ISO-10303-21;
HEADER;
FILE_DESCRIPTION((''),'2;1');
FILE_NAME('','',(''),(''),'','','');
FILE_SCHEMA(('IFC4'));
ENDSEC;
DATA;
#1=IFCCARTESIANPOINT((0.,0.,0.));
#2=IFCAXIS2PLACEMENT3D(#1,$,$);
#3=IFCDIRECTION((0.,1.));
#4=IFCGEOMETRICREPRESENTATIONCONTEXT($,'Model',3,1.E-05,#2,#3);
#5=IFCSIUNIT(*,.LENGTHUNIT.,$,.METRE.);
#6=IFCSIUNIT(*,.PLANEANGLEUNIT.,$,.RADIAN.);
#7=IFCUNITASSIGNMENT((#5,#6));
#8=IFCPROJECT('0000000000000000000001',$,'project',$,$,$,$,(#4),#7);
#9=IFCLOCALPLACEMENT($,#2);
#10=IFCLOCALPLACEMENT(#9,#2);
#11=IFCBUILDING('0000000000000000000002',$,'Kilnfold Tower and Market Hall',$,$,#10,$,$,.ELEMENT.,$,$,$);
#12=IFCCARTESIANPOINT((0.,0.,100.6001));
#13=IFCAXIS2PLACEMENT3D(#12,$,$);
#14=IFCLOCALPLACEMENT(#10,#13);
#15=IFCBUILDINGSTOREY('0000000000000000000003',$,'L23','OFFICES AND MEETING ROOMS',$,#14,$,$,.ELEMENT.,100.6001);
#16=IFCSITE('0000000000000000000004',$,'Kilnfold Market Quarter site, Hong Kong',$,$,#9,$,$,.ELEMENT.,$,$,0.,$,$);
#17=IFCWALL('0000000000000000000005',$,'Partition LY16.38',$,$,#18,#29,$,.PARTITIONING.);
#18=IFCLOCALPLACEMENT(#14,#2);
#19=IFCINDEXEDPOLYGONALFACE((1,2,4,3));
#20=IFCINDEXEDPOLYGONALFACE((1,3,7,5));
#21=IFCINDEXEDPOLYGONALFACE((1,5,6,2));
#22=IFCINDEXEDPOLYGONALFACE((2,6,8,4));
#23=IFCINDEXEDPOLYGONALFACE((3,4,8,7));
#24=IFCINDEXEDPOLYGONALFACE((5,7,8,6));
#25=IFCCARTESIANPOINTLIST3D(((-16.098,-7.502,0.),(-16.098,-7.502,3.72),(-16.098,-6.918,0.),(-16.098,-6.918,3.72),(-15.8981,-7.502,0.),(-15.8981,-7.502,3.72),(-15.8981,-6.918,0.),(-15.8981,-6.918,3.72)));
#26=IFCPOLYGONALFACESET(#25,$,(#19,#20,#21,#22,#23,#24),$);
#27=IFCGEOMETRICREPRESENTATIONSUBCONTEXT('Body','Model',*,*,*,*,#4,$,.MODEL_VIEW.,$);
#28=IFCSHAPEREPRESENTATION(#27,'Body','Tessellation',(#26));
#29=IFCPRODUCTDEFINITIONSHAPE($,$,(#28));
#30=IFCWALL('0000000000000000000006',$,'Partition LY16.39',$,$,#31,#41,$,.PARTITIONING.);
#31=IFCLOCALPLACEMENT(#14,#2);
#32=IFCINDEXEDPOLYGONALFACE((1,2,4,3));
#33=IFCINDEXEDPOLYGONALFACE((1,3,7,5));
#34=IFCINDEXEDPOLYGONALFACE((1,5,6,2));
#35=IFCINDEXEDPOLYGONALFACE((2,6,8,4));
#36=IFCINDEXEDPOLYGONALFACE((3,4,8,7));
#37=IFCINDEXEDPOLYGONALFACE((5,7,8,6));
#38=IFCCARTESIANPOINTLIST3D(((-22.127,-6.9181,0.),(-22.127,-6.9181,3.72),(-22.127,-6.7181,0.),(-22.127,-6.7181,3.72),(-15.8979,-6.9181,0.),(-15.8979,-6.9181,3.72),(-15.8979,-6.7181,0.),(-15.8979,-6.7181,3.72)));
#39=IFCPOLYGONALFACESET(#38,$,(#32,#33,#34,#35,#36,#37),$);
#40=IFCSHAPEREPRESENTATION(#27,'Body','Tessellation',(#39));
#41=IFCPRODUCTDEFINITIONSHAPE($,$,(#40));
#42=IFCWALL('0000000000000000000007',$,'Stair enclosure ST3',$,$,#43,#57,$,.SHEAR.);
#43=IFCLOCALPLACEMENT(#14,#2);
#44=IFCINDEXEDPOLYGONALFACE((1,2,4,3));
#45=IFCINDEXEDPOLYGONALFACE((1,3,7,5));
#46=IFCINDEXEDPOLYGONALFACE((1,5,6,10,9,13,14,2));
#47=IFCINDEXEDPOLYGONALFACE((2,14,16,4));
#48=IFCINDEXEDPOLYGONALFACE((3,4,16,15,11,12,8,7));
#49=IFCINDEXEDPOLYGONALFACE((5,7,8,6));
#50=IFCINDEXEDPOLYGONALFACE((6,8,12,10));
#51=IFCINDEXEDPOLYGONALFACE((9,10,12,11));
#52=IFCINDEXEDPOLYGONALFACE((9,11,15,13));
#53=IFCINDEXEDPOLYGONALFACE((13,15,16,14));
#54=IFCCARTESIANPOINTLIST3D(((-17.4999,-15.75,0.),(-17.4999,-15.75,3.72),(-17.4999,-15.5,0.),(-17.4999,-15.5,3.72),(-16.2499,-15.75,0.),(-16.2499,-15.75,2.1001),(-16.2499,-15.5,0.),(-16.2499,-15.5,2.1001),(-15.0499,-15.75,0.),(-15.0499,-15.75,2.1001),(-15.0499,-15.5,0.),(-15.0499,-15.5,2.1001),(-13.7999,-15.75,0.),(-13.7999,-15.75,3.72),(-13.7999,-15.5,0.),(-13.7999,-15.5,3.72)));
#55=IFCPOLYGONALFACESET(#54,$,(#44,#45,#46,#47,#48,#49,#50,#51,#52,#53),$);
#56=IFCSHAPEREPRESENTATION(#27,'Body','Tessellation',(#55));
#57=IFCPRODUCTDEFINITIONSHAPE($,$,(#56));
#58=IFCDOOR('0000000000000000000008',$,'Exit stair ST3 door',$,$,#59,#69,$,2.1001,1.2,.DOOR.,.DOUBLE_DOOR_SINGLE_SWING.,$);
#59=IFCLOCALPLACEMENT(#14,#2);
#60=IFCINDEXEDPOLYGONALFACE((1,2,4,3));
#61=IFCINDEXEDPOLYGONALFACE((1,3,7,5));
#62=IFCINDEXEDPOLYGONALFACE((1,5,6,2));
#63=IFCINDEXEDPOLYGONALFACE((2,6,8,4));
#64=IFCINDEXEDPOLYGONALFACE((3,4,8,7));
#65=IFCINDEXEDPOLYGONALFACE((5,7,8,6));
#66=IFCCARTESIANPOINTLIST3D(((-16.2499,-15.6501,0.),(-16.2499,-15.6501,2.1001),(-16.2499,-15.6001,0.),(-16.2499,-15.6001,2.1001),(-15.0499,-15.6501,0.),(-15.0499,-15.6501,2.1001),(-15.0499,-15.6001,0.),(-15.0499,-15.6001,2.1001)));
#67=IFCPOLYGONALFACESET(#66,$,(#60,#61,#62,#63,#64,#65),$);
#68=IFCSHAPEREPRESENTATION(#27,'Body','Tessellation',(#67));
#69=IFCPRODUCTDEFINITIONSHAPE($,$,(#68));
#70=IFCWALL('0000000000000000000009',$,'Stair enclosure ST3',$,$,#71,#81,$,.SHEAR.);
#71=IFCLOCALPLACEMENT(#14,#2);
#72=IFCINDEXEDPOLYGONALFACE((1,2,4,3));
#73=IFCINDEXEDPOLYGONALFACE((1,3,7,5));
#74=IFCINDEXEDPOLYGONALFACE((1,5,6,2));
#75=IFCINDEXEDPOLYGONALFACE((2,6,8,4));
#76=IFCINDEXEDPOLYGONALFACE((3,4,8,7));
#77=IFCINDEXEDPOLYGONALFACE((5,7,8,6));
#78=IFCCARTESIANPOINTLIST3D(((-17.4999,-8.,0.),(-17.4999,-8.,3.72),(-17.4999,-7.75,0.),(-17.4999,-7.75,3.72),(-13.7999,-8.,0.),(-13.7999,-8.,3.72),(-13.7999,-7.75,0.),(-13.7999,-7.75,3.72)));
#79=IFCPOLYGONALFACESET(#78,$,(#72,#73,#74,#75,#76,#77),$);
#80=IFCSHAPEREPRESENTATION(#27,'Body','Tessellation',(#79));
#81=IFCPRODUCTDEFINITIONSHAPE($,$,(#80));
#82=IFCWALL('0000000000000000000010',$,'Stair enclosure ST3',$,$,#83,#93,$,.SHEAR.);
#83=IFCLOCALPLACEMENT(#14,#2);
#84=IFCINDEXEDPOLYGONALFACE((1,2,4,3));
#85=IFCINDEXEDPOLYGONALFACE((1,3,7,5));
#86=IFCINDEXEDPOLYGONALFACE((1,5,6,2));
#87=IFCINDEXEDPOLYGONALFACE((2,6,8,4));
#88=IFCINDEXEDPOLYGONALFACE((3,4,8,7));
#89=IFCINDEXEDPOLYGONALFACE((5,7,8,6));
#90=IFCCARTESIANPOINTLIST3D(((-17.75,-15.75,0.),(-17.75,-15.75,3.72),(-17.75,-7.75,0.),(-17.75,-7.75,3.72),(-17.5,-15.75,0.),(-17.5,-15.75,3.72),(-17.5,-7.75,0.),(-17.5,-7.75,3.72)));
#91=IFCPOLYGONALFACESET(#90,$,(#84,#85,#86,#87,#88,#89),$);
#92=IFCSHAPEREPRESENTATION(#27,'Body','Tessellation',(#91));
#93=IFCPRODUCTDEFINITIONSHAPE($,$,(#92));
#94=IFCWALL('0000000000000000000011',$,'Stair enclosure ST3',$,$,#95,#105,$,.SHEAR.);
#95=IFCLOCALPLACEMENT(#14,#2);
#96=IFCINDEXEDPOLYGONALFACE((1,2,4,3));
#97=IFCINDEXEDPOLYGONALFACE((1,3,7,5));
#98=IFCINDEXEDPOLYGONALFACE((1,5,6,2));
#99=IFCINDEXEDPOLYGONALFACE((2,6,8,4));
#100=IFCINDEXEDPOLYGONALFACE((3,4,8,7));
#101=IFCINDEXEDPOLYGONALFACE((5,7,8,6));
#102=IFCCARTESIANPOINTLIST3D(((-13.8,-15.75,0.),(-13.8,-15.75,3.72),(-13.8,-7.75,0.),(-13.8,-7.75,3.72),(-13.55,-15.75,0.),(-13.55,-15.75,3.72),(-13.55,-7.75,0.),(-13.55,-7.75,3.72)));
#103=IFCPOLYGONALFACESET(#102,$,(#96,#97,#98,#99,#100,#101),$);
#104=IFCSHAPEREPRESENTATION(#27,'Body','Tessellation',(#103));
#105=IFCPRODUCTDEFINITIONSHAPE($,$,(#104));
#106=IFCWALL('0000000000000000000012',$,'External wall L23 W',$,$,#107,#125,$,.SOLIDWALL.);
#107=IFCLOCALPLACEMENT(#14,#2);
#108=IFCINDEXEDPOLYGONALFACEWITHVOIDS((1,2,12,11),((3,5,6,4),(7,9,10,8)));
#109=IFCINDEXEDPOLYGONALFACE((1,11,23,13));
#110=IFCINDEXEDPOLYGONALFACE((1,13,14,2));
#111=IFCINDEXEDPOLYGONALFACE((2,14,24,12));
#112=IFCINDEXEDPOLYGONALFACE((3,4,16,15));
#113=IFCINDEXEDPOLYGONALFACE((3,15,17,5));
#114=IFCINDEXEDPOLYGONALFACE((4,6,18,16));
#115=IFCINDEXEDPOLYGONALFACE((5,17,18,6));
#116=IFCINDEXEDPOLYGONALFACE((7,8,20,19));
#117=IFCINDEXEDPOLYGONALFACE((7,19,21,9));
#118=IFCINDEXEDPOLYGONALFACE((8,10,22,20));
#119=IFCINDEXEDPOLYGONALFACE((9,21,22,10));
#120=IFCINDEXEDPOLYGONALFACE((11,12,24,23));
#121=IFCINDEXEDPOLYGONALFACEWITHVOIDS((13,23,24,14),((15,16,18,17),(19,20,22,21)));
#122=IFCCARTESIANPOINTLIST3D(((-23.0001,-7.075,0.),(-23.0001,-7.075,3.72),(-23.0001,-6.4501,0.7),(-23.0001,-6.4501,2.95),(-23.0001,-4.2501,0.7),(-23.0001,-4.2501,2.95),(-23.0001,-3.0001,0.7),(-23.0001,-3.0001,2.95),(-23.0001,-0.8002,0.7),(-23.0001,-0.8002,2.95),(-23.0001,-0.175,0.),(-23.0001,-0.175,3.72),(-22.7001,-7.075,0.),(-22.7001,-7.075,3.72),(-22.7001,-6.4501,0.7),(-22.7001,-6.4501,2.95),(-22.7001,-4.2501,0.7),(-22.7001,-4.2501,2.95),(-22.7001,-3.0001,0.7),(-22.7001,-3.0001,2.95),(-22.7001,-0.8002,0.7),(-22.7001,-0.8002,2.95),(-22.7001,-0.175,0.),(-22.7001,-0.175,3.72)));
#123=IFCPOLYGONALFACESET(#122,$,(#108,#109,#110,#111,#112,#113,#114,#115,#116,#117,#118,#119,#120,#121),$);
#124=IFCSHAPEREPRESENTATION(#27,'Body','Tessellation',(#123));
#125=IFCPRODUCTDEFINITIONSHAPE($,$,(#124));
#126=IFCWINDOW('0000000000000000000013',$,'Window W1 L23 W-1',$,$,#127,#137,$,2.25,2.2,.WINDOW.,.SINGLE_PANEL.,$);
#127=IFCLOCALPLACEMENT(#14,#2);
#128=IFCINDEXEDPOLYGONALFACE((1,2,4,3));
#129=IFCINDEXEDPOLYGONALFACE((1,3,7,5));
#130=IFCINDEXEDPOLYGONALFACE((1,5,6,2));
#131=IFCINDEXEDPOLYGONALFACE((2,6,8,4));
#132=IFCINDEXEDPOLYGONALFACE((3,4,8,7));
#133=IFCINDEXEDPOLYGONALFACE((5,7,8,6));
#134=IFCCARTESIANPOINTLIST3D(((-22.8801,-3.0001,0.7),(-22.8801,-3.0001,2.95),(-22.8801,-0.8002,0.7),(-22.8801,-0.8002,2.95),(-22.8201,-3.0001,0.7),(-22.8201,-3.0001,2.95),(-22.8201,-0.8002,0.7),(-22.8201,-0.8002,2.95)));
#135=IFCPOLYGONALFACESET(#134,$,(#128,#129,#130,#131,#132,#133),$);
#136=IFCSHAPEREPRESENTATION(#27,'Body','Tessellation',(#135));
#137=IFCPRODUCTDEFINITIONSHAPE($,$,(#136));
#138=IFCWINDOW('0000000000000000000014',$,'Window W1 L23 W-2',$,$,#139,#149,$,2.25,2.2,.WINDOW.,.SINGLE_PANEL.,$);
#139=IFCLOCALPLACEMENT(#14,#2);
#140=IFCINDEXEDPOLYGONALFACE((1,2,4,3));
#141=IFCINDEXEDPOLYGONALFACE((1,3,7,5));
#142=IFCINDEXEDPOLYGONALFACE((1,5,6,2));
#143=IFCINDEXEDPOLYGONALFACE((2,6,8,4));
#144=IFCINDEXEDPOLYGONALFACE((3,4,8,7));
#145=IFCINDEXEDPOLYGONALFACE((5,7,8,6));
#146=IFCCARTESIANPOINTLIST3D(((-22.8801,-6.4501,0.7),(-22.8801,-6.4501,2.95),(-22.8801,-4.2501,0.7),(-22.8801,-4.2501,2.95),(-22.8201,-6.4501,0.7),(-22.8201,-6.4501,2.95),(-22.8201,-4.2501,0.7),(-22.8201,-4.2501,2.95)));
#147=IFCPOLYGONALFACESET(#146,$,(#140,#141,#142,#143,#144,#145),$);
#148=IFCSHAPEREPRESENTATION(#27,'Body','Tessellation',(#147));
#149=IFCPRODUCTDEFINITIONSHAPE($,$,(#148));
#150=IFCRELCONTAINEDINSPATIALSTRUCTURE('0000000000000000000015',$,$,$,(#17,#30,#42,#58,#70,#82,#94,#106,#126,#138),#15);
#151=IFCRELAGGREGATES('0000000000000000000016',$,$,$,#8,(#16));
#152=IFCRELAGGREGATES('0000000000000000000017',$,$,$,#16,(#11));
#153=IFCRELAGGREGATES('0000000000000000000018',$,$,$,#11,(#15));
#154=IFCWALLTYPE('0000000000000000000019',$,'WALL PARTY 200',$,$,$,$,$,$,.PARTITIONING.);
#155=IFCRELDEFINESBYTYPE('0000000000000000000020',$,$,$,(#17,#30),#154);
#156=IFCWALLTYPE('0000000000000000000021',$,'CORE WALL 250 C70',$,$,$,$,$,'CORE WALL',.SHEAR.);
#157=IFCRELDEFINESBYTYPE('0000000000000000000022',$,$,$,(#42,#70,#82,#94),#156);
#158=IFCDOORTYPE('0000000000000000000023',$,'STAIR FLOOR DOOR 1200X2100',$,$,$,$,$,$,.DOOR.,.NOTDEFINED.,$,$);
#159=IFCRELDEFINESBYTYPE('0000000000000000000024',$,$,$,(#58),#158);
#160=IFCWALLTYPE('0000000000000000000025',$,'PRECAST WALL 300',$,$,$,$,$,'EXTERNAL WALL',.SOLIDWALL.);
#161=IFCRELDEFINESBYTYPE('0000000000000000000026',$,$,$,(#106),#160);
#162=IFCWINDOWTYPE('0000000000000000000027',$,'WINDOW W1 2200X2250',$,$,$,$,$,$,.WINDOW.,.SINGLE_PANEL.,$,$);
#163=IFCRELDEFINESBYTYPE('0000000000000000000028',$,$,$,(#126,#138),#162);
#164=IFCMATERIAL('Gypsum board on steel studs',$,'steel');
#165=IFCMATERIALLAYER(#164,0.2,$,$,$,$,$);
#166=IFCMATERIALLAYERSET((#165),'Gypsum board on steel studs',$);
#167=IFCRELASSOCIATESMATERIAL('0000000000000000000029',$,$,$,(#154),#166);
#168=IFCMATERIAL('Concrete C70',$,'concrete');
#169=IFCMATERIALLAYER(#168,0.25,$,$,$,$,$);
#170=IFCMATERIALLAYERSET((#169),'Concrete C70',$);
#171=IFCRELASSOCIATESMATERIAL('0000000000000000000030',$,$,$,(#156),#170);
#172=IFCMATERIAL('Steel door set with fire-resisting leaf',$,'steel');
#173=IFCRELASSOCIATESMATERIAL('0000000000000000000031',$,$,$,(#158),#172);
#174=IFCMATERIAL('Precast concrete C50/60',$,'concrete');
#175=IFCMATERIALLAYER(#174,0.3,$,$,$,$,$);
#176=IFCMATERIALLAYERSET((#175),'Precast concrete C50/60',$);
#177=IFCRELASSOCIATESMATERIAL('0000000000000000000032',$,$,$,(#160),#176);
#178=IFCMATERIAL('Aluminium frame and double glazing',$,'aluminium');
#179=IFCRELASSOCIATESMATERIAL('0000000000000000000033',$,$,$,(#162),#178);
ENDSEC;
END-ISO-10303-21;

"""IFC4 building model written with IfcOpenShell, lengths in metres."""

from ifc_helpers import new_model, si_unit, direction, frame, frame_2d, origin, place, context, subcontext, project, spatial, rectangle, extrude, source, transform, mapped, material, layer, layer_set, type_object, element, fill, save


model = new_model("IFC4")

# Units and contexts
model_context = context("Model", 3, precision=1e-05, world=origin(), true_north=direction((0.0, 1.0)))
body_context = subcontext(model_context, "Body", "Model", "MODEL_VIEW")
ifc_project = project(units=[si_unit("LENGTHUNIT", "METRE"), si_unit("PLANEANGLEUNIT", "RADIAN")], contexts=[model_context])

# Site, building, storey
site_placement = place(None, origin())
site = spatial("IfcSite", under=ifc_project, at=site_placement, Name="Kilnfold Market Quarter site, Hong Kong", CompositionType="ELEMENT", RefElevation=0.0)
building_placement = place(site_placement, origin())
building = spatial("IfcBuilding", under=site, at=building_placement, Name="Kilnfold Tower and Market Hall", CompositionType="ELEMENT")
storey_placement = place(building_placement, frame((0.0, 0.0, 100.6001)))
storey = spatial("IfcBuildingStorey", under=building, at=storey_placement, Name="L23", Description="OFFICES AND MEETING ROOMS", CompositionType="ELEMENT", Elevation=100.6001)

# Walls
ifc_material_1 = material(Name="Gypsum board on steel studs", Category="steel")
ifc_layer_1 = layer(ifc_material_1, 0.2)
ifc_layer_set_1 = layer_set([ifc_layer_1], Name="Gypsum board on steel studs")
wall_type_1 = type_object("IfcWallType", Name="WALL PARTY 200", PredefinedType="PARTITIONING", material=ifc_layer_set_1)
wall_1_placement = place(storey_placement, frame((-15.998, -6.918, 0.0), z_axis=(0.0, 0.0, 1.0), x_axis=(0.0, -1.0, 0.0)))
element("IfcWall", 1, at=wall_1_placement, inside=storey, type_object=wall_type_1, Name="Partition LY16.38", PredefinedType="PARTITIONING", context=body_context, shape_type="SweptSolid", body=[
    extrude(rectangle(XDim=0.584, YDim=0.2, at=frame_2d((0.292, 0.0))), origin(), (0.0, 0.0, 1.0), 3.72),
])
wall_2_placement = place(storey_placement, frame((-22.127, -6.8181, 0.0), z_axis=(0.0, 0.0, 1.0), x_axis=(1.0, 0.0, 0.0)))
element("IfcWall", 2, at=wall_2_placement, inside=storey, type_object=wall_type_1, Name="Partition LY16.39", PredefinedType="PARTITIONING", context=body_context, shape_type="SweptSolid", body=[
    extrude(rectangle(XDim=6.229, YDim=0.2, at=frame_2d((3.1145, 0.0))), origin(), (0.0, 0.0, 1.0), 3.72),
])

# Wall, opening, door
ifc_material_2 = material(Name="Concrete C70", Category="concrete")
ifc_layer_2 = layer(ifc_material_2, 0.25)
ifc_layer_set_2 = layer_set([ifc_layer_2], Name="Concrete C70")
wall_type_2 = type_object("IfcWallType", Name="CORE WALL 250 C70", ElementType="CORE WALL", PredefinedType="SHEAR", material=ifc_layer_set_2)
shared_shape_1 = source(origin(), body_context, "Body", "SweptSolid", [
    extrude(rectangle(XDim=3.7, YDim=0.25, at=frame_2d((1.8501, 0.0))), origin(), (0.0, 0.0, 1.0), 3.72),
])
wall_3_placement = place(storey_placement, frame((-17.5, -15.625, 0.0), z_axis=(0.0, 0.0, 1.0), x_axis=(1.0, 0.0, 0.0)))
wall_3 = element("IfcWall", 3, at=wall_3_placement, inside=storey, type_object=wall_type_2, Name="Stair enclosure ST3", PredefinedType="SHEAR", context=body_context, shape_type="MappedRepresentation", body=[
    mapped(shared_shape_1, transform((0.0, 0.0, 0.0))),
])
opening_1_placement = place(wall_3_placement, frame((1.25, 0.0, 0.0)))
opening_1 = element("IfcOpeningElement", 4, at=opening_1_placement, cuts=wall_3, PredefinedType="OPENING", context=body_context, shape_type="SweptSolid", body=[
    extrude(rectangle(XDim=1.2, YDim=2.1001, at=frame_2d((0.6001, 1.05))), frame((0.0, 0.135, 0.0), z_axis=(0.0, -1.0, 0.0), x_axis=(1.0, 0.0, 0.0)), (0.0, 0.0, 1.0), 0.27),
])
ifc_material_3 = material(Name="Steel door set with fire-resisting leaf", Category="steel")
door_type = type_object("IfcDoorType", Name="STAIR FLOOR DOOR 1200X2100", OperationType="NOTDEFINED", PredefinedType="DOOR", material=ifc_material_3)
door_placement = place(opening_1_placement, origin())
door = element("IfcDoor", 5, at=door_placement, inside=storey, type_object=door_type, Name="Exit stair ST3 door", OperationType="DOUBLE_DOOR_SINGLE_SWING", OverallHeight=2.1001, OverallWidth=1.2, PredefinedType="DOOR", context=body_context, shape_type="SweptSolid", body=[
    extrude(rectangle(XDim=1.2, YDim=2.1001, at=frame_2d((0.6001, 1.05))), frame((0.0, 0.0249, 0.0), z_axis=(0.0, -1.0, 0.0), x_axis=(1.0, 0.0, 0.0)), (0.0, 0.0, 1.0), 0.05),
])
fill(opening_1, door)

# Walls
wall_4_placement = place(storey_placement, frame((-17.5, -7.875, 0.0), z_axis=(0.0, 0.0, 1.0), x_axis=(1.0, 0.0, 0.0)))
element("IfcWall", 6, at=wall_4_placement, inside=storey, type_object=wall_type_2, Name="Stair enclosure ST3", PredefinedType="SHEAR", context=body_context, shape_type="MappedRepresentation", body=[
    mapped(shared_shape_1, transform((0.0, 0.0, 0.0))),
])
shared_shape_2 = source(origin(), body_context, "Body", "SweptSolid", [
    extrude(rectangle(XDim=8.0, YDim=0.25, at=frame_2d((4.0, 0.0))), origin(), (0.0, 0.0, 1.0), 3.72),
])
for number, where, z_axis, x_axis, name in (
    (7, (-17.625, -15.75, 0.0), (0.0, 0.0, 1.0), (0.0, 1.0, 0.0), "Stair enclosure ST3"),
    (8, (-13.675, -15.75, 0.0), (0.0, 0.0, 1.0), (0.0, 1.0, 0.0), "Stair enclosure ST3"),
):
    element("IfcWall", number, at=place(storey_placement, frame(where, z_axis=z_axis, x_axis=x_axis)), inside=storey, type_object=wall_type_2, Name=name, PredefinedType="SHEAR", context=body_context, shape_type="MappedRepresentation", body=[
        mapped(shared_shape_2, transform((0.0, 0.0, 0.0))),
    ])

# Wall, openings, windows
ifc_material_4 = material(Name="Precast concrete C50/60", Category="concrete")
ifc_layer_3 = layer(ifc_material_4, 0.3)
ifc_layer_set_3 = layer_set([ifc_layer_3], Name="Precast concrete C50/60")
wall_type_3 = type_object("IfcWallType", Name="PRECAST WALL 300", ElementType="EXTERNAL WALL", PredefinedType="SOLIDWALL", material=ifc_layer_set_3)
shared_shape_3 = source(origin(), body_context, "Body", "SweptSolid", [
    extrude(rectangle(XDim=6.8999, YDim=0.3, at=frame_2d((3.45, 0.0))), origin(), (0.0, 0.0, 1.0), 3.72),
])
wall_5_placement = place(storey_placement, frame((-22.8501, -0.175, 0.0), z_axis=(0.0, 0.0, 1.0), x_axis=(0.0, -1.0, 0.0)))
wall_5 = element("IfcWall", 9, at=wall_5_placement, inside=storey, type_object=wall_type_3, Name="External wall L23 W", PredefinedType="SOLIDWALL", context=body_context, shape_type="MappedRepresentation", body=[
    mapped(shared_shape_3, transform((0.0, 0.0, 0.0))),
])
opening_2_placement = place(wall_5_placement, frame((0.625, 0.0, 0.7)))
opening_2 = element("IfcOpeningElement", 10, at=opening_2_placement, cuts=wall_5, PredefinedType="OPENING", context=body_context, shape_type="SweptSolid", body=[
    extrude(rectangle(XDim=2.2, YDim=2.25, at=frame_2d((1.1001, 1.125))), frame((0.0, 0.1602, 0.0), z_axis=(0.0, -1.0, 0.0), x_axis=(1.0, 0.0, 0.0)), (0.0, 0.0, 1.0), 0.3201),
])
opening_3_placement = place(wall_5_placement, frame((4.075, 0.0, 0.7)))
opening_3 = element("IfcOpeningElement", 11, at=opening_3_placement, cuts=wall_5, PredefinedType="OPENING", context=body_context, shape_type="SweptSolid", body=[
    extrude(rectangle(XDim=2.2, YDim=2.25, at=frame_2d((1.1001, 1.125))), frame((0.0, 0.1602, 0.0), z_axis=(0.0, -1.0, 0.0), x_axis=(1.0, 0.0, 0.0)), (0.0, 0.0, 1.0), 0.3201),
])
ifc_material_5 = material(Name="Aluminium frame and double glazing", Category="aluminium")
window_type = type_object("IfcWindowType", Name="WINDOW W1 2200X2250", PartitioningType="SINGLE_PANEL", PredefinedType="WINDOW", material=ifc_material_5)
window_1_placement = place(opening_2_placement, origin())
window_1 = element("IfcWindow", 12, at=window_1_placement, inside=storey, type_object=window_type, Name="Window W1 L23 W-1", OverallHeight=2.25, OverallWidth=2.2, PartitioningType="SINGLE_PANEL", PredefinedType="WINDOW", context=body_context, shape_type="SweptSolid", body=[
    extrude(rectangle(XDim=2.2, YDim=2.25, at=frame_2d((1.1001, 1.125))), frame((0.0, 0.03, 0.0), z_axis=(0.0, -1.0, 0.0), x_axis=(1.0, 0.0, 0.0)), (0.0, 0.0, 1.0), 0.0601),
])
fill(opening_2, window_1)
window_2_placement = place(opening_3_placement, origin())
window_2 = element("IfcWindow", 13, at=window_2_placement, inside=storey, type_object=window_type, Name="Window W1 L23 W-2", OverallHeight=2.25, OverallWidth=2.2, PartitioningType="SINGLE_PANEL", PredefinedType="WINDOW", context=body_context, shape_type="SweptSolid", body=[
    extrude(rectangle(XDim=2.2, YDim=2.25, at=frame_2d((1.1001, 1.125))), frame((0.0, 0.03, 0.0), z_axis=(0.0, -1.0, 0.0), x_axis=(1.0, 0.0, 0.0)), (0.0, 0.0, 1.0), 0.0601),
])
fill(opening_3, window_2)

save(model, "model.ifc")
